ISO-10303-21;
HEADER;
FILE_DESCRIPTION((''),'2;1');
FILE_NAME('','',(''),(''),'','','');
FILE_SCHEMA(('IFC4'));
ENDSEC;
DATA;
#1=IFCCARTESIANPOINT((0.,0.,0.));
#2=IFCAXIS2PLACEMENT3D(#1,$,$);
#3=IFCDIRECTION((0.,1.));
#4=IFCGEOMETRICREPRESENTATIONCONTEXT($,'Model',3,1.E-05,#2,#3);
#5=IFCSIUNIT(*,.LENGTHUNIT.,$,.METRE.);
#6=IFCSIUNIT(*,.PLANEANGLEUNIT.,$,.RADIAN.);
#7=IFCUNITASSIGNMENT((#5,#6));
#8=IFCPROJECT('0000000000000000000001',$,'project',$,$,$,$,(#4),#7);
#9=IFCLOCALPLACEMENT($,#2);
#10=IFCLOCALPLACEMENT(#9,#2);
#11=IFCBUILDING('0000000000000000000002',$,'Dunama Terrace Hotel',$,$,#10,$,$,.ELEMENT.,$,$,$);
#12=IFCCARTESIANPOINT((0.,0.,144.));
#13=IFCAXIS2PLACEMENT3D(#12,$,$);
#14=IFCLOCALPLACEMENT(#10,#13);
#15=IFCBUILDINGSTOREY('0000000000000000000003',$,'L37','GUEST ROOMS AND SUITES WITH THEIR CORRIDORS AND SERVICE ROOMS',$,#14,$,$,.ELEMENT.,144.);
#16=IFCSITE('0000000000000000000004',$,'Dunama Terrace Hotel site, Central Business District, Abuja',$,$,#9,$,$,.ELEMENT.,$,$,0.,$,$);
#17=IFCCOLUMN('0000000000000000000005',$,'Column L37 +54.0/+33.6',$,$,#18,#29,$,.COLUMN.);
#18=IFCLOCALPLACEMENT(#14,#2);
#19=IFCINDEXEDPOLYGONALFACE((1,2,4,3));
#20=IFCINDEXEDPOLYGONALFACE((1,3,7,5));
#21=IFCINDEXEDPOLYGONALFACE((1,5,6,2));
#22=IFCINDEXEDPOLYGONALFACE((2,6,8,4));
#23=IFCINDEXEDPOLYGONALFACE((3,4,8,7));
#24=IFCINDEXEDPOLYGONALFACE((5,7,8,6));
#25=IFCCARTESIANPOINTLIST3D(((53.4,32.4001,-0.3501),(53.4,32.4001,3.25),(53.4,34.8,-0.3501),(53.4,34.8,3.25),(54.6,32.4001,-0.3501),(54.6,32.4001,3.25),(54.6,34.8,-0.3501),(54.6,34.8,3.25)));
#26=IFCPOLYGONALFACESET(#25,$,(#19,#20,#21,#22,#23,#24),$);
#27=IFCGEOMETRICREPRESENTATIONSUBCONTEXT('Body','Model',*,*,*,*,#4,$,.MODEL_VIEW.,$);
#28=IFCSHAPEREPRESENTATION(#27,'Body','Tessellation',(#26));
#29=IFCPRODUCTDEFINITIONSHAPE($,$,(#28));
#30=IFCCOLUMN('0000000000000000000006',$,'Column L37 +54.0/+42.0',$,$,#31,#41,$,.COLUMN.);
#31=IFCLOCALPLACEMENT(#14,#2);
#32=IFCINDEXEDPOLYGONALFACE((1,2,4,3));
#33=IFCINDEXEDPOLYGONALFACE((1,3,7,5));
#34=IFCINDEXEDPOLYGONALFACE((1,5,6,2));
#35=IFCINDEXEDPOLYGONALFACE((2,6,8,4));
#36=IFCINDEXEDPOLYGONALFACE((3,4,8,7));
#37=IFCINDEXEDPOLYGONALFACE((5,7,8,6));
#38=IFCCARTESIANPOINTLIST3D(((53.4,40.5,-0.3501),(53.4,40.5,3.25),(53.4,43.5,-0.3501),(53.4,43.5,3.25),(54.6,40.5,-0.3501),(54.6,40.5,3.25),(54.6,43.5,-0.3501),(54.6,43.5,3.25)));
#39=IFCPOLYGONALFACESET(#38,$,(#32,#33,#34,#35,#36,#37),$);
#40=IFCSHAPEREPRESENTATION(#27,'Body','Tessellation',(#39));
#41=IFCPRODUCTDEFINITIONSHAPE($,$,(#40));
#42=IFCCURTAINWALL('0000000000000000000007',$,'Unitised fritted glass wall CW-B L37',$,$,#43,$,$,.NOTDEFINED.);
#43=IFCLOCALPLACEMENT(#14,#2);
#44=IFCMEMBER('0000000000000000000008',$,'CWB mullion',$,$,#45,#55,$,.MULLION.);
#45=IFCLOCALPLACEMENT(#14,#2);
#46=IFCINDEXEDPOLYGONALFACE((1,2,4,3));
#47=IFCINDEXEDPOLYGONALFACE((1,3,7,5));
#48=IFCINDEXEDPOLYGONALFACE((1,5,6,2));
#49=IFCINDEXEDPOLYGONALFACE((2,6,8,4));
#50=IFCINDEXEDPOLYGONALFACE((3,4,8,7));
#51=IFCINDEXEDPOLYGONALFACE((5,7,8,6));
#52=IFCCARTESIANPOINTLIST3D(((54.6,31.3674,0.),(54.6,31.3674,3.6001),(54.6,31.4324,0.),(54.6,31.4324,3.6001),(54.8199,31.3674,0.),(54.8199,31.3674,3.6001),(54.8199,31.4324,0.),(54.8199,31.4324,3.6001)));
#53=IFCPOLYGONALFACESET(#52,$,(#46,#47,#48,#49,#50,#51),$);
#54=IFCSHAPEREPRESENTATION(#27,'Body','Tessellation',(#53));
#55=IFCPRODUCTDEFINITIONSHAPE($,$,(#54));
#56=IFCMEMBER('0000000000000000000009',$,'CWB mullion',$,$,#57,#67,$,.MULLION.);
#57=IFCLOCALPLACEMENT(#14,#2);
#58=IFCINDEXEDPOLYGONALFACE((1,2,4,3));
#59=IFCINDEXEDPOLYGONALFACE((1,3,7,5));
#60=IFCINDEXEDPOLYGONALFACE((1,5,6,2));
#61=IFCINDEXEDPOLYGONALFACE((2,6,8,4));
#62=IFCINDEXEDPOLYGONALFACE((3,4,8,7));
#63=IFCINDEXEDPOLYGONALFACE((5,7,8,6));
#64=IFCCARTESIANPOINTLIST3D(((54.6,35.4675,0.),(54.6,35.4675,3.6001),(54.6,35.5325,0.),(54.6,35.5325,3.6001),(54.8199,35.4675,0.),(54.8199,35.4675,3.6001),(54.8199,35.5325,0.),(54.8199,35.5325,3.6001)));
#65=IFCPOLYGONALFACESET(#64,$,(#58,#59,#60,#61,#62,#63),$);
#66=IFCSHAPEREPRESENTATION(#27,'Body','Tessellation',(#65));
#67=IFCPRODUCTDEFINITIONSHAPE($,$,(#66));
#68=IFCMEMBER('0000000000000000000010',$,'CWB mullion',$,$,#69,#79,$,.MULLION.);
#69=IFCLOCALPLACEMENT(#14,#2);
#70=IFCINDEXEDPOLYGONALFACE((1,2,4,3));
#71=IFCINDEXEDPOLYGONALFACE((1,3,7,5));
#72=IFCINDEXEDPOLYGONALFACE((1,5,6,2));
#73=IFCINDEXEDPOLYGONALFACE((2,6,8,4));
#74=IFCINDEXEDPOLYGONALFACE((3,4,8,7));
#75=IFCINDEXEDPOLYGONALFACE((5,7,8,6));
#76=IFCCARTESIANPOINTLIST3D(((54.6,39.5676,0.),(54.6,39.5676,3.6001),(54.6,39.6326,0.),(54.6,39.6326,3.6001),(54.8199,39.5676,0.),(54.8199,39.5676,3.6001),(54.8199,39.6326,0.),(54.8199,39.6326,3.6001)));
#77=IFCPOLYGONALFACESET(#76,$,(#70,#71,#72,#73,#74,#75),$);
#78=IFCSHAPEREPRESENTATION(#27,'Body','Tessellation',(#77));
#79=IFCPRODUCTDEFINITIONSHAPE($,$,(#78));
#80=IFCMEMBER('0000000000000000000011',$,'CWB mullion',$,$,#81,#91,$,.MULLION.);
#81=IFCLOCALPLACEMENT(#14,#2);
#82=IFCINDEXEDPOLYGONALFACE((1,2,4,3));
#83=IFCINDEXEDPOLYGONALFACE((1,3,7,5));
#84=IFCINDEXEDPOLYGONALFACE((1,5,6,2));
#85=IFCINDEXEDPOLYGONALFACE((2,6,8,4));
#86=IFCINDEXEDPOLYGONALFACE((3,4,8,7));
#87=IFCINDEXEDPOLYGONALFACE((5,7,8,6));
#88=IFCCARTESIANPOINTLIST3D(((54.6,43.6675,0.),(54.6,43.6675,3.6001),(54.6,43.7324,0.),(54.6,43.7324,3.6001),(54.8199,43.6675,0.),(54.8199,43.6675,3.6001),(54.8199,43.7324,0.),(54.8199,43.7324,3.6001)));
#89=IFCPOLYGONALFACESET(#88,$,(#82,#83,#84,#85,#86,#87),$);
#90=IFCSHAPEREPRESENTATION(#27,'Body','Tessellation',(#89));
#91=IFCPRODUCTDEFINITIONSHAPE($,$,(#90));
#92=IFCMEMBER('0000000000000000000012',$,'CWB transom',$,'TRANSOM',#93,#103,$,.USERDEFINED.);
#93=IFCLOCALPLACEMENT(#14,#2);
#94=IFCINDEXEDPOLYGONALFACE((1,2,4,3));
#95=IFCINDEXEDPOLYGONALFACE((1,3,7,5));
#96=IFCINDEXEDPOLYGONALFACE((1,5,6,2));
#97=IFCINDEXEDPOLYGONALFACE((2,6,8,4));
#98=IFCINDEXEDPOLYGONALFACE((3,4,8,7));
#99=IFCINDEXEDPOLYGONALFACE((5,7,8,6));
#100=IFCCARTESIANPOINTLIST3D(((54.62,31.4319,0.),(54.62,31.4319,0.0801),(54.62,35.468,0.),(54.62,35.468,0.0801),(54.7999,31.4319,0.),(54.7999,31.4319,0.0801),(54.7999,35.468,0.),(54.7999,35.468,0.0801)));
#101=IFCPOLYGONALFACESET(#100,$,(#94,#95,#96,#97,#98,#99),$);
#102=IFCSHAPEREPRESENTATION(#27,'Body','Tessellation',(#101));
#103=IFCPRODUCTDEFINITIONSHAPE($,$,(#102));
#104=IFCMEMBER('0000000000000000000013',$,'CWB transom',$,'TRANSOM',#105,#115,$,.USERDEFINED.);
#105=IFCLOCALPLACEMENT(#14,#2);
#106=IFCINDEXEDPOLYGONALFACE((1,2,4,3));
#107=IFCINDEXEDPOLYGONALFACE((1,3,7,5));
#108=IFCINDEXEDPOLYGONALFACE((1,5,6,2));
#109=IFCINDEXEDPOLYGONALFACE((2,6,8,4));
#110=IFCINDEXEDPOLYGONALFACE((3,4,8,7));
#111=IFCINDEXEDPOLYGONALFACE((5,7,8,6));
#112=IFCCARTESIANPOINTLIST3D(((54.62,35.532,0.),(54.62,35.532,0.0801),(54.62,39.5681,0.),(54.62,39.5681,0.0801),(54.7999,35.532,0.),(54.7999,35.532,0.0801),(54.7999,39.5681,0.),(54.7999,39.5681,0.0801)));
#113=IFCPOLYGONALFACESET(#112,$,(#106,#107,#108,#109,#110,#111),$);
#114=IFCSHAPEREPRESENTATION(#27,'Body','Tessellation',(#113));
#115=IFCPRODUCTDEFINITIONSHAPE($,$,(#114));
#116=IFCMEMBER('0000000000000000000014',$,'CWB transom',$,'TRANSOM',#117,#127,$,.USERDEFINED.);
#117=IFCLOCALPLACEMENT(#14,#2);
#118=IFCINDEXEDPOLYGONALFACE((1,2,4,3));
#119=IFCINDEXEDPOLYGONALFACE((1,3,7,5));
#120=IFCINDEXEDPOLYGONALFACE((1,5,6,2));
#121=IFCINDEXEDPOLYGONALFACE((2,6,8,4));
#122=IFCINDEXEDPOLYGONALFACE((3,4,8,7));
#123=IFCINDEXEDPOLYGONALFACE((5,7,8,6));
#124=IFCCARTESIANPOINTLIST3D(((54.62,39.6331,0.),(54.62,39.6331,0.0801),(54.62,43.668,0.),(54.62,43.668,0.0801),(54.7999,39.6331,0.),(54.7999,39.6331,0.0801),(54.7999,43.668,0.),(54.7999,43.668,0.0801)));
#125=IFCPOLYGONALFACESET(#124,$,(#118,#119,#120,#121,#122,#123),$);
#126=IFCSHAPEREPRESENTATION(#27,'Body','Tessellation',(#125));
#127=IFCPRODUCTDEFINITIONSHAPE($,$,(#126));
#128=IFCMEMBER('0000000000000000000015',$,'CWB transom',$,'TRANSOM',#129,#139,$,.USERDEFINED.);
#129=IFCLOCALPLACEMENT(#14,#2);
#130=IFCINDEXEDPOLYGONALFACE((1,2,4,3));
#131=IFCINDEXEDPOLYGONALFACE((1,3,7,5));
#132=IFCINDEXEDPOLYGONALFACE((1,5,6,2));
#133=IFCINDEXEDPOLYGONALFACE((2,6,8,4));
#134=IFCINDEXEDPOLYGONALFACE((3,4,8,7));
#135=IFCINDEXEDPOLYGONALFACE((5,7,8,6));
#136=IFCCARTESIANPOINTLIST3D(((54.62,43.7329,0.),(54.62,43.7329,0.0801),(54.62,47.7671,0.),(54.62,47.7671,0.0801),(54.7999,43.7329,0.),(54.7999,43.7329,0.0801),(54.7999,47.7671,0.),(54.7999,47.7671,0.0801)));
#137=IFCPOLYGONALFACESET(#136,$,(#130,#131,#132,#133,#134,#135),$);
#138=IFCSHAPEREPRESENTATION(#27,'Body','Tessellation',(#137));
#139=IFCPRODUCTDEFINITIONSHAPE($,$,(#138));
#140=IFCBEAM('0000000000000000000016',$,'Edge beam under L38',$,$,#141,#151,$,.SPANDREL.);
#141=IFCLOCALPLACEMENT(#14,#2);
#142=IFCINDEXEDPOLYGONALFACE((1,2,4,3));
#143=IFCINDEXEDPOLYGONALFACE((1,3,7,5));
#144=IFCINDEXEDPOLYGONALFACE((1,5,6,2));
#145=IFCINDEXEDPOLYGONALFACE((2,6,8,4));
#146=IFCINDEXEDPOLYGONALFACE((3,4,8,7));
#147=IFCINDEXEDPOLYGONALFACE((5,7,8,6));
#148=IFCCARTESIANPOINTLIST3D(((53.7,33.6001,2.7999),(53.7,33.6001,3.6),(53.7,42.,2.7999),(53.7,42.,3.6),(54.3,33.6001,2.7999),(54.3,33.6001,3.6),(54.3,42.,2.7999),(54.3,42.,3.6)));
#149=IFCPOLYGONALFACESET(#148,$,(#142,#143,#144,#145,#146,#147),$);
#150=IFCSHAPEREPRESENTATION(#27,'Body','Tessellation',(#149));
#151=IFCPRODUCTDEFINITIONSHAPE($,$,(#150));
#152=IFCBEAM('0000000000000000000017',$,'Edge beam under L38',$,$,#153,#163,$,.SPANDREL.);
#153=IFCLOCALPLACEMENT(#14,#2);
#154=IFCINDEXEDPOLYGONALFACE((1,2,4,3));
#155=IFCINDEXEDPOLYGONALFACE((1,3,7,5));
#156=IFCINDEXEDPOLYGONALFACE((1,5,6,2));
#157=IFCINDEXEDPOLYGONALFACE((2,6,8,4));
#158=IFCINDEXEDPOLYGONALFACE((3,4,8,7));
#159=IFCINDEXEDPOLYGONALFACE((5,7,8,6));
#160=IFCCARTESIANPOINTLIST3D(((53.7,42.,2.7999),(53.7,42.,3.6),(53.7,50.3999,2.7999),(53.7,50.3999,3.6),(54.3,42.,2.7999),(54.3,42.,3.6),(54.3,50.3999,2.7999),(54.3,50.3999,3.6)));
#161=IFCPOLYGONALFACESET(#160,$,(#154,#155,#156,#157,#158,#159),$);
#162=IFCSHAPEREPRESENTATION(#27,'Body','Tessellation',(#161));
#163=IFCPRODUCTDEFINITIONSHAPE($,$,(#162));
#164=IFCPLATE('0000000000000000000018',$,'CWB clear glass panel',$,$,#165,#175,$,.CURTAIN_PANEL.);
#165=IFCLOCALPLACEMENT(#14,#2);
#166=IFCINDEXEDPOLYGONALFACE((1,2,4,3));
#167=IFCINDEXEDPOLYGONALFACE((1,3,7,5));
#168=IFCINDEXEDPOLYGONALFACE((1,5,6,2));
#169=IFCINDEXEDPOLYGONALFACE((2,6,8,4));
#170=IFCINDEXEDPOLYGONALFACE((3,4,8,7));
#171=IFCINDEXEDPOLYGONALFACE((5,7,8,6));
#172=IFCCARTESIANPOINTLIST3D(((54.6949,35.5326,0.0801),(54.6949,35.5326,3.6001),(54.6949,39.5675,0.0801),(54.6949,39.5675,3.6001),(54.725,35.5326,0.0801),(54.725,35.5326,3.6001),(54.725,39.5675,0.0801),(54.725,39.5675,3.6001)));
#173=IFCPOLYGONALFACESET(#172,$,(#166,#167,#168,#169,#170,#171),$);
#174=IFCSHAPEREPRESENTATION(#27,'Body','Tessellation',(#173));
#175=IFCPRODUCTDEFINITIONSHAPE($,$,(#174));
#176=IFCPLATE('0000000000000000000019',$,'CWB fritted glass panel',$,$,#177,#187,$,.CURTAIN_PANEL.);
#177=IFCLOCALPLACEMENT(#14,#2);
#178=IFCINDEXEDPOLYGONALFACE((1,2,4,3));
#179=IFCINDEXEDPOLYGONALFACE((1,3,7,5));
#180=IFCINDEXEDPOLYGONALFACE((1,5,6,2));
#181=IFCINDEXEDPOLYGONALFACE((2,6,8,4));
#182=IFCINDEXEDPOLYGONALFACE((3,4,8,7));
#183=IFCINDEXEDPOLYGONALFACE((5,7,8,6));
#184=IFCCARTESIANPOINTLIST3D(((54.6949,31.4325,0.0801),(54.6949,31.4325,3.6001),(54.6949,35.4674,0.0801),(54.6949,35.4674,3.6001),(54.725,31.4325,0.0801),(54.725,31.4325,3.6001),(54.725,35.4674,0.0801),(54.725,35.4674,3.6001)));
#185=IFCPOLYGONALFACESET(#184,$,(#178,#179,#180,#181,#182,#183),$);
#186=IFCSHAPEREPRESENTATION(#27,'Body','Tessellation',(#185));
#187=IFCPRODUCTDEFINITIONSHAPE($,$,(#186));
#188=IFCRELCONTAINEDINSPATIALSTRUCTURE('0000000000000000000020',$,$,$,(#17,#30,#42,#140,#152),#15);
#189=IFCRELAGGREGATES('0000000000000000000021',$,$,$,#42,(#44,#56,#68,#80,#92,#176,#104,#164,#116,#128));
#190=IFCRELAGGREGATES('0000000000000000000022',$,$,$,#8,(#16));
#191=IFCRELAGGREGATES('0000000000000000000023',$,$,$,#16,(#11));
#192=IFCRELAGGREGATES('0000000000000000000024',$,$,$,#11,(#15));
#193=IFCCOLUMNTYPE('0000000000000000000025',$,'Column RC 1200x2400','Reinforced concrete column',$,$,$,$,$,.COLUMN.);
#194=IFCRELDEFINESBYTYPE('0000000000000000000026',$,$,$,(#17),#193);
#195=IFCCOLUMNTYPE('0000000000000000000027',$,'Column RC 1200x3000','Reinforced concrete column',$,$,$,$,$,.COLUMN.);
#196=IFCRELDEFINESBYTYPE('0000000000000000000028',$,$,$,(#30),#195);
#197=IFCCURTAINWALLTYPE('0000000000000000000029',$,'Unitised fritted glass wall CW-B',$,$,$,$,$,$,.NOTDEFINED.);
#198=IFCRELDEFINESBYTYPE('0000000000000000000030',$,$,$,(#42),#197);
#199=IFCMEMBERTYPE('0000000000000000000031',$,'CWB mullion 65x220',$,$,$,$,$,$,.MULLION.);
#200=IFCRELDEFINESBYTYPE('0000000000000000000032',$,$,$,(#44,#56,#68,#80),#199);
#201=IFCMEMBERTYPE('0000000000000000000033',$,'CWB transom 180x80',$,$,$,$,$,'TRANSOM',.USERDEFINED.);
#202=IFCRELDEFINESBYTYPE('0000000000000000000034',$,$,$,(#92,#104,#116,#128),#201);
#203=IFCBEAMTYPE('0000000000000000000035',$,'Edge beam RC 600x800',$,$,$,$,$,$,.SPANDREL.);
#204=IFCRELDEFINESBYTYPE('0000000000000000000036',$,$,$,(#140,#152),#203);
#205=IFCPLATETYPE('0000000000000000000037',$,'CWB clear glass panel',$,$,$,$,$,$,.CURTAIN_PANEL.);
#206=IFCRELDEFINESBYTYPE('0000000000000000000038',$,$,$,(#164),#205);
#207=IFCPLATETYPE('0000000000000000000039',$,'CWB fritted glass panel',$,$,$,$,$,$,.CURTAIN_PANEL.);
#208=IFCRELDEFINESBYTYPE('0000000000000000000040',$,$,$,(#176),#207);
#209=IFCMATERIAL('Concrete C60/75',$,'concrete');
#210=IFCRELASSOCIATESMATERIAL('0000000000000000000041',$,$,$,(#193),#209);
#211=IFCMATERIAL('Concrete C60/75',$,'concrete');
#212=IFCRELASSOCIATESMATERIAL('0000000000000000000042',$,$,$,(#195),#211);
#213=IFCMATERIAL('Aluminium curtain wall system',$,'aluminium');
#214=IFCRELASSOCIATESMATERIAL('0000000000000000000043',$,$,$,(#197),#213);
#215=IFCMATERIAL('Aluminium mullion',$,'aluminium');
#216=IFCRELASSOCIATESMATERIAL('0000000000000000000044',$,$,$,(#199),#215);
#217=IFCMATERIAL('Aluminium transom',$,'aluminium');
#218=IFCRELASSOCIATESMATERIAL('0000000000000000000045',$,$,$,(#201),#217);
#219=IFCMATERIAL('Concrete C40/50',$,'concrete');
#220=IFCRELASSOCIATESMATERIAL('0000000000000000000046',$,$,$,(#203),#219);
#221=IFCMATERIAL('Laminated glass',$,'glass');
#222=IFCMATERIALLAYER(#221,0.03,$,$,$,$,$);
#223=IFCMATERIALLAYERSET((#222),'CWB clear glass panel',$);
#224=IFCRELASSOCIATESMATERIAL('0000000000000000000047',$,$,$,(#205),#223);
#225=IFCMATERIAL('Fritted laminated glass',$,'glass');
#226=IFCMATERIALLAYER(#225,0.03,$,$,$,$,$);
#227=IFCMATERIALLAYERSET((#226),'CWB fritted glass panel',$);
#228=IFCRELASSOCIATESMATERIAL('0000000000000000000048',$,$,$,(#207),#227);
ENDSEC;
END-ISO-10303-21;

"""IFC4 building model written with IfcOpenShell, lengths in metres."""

from ifc_helpers import new_model, si_unit, direction, frame, origin, origin_2d, place, context, subcontext, project, spatial, rectangle, extrude, material, layer, layer_set, material_profile, profile_set, type_object, element, aggregate, save


model = new_model("IFC4")

# Units and contexts
model_context = context("Model", 3, precision=1e-05, world=origin(), true_north=direction((0.0, 1.0)))
body_context = subcontext(model_context, "Body", "Model", "MODEL_VIEW")
ifc_project = project(units=[si_unit("LENGTHUNIT", "METRE"), si_unit("PLANEANGLEUNIT", "RADIAN")], contexts=[model_context])

# Site, building, storey
site_placement = place(None, origin())
site = spatial("IfcSite", under=ifc_project, at=site_placement, Name="Dunama Terrace Hotel site, Central Business District, Abuja", CompositionType="ELEMENT", RefElevation=0.0)
building_placement = place(site_placement, origin())
building = spatial("IfcBuilding", under=site, at=building_placement, Name="Dunama Terrace Hotel", CompositionType="ELEMENT")
storey_placement = place(building_placement, frame((0.0, 0.0, 144.0)))
storey = spatial("IfcBuildingStorey", under=building, at=storey_placement, Name="L37", Description="GUEST ROOMS AND SUITES WITH THEIR CORRIDORS AND SERVICE ROOMS", CompositionType="ELEMENT", Elevation=144.0)

# Columns
ifc_material_1 = material(Name="Concrete C60/75", Category="concrete")
ifc_material_profile_1 = material_profile(ifc_material_1, rectangle(XDim=1.2, YDim=2.3999, at=origin_2d()), Name="RC 1200x2400")
ifc_profile_set_1 = profile_set([ifc_material_profile_1], Name="Concrete C60/75")
column_type_1 = type_object("IfcColumnType", Name="Column RC 1200x2400", Description="Reinforced concrete column", PredefinedType="COLUMN", material=ifc_profile_set_1)
column_1_placement = place(storey_placement, frame((54.0, 33.6001, -0.3501), z_axis=(0.0, 0.0, 1.0), x_axis=(1.0, 0.0, 0.0)))
element("IfcColumn", 1, at=column_1_placement, inside=storey, type_object=column_type_1, Name="Column L37 +54.0/+33.6", PredefinedType="COLUMN", context=body_context, shape_type="SweptSolid", body=[
    extrude(rectangle(XDim=1.2, YDim=2.3999, at=origin_2d()), origin(), (0.0, 0.0, 1.0), 3.6001),
])
ifc_material_2 = material(Name="Concrete C60/75", Category="concrete")
ifc_material_profile_2 = material_profile(ifc_material_2, rectangle(XDim=1.2, YDim=3.0, at=origin_2d()), Name="RC 1200x3000")
ifc_profile_set_2 = profile_set([ifc_material_profile_2], Name="Concrete C60/75")
column_type_2 = type_object("IfcColumnType", Name="Column RC 1200x3000", Description="Reinforced concrete column", PredefinedType="COLUMN", material=ifc_profile_set_2)
column_2_placement = place(storey_placement, frame((54.0, 42.0, -0.3501), z_axis=(0.0, 0.0, 1.0), x_axis=(1.0, 0.0, 0.0)))
element("IfcColumn", 2, at=column_2_placement, inside=storey, type_object=column_type_2, Name="Column L37 +54.0/+42.0", PredefinedType="COLUMN", context=body_context, shape_type="SweptSolid", body=[
    extrude(rectangle(XDim=1.2, YDim=3.0, at=origin_2d()), origin(), (0.0, 0.0, 1.0), 3.6001),
])

# Curtain wall, members
ifc_material_3 = material(Name="Aluminium curtain wall system", Category="aluminium")
curtain_wall_type = type_object("IfcCurtainWallType", Name="Unitised fritted glass wall CW-B", PredefinedType="NOTDEFINED", material=ifc_material_3)
curtain_wall_placement = place(storey_placement, origin())
curtain_wall = element("IfcCurtainWall", 3, at=curtain_wall_placement, inside=storey, type_object=curtain_wall_type, Name="Unitised fritted glass wall CW-B L37", PredefinedType="NOTDEFINED")
ifc_material_4 = material(Name="Aluminium mullion", Category="aluminium")
ifc_material_profile_3 = material_profile(ifc_material_4, rectangle(XDim=0.0649, YDim=0.22, at=origin_2d()), Name="CWB MULLION 65X220")
ifc_profile_set_3 = profile_set([ifc_material_profile_3], Name="Aluminium mullion")
member_type_1 = type_object("IfcMemberType", Name="CWB mullion 65x220", PredefinedType="MULLION", material=ifc_profile_set_3)
member_1_placement = place(storey_placement, frame((54.71, 31.3999, 0.0), z_axis=(0.0, 0.0, 1.0), x_axis=(0.0, 1.0, 0.0)))
member_1 = element("IfcMember", 4, at=member_1_placement, type_object=member_type_1, Name="CWB mullion", PredefinedType="MULLION", context=body_context, shape_type="SweptSolid", body=[
    extrude(rectangle(XDim=0.0649, YDim=0.22, at=origin_2d()), origin(), (0.0, 0.0, 1.0), 3.6001),
])
member_2_placement = place(storey_placement, frame((54.71, 35.5, 0.0), z_axis=(0.0, 0.0, 1.0), x_axis=(0.0, 1.0, 0.0)))
member_2 = element("IfcMember", 5, at=member_2_placement, type_object=member_type_1, Name="CWB mullion", PredefinedType="MULLION", context=body_context, shape_type="SweptSolid", body=[
    extrude(rectangle(XDim=0.0649, YDim=0.22, at=origin_2d()), origin(), (0.0, 0.0, 1.0), 3.6001),
])
member_3_placement = place(storey_placement, frame((54.71, 39.6001, 0.0), z_axis=(0.0, 0.0, 1.0), x_axis=(0.0, 1.0, 0.0)))
member_3 = element("IfcMember", 6, at=member_3_placement, type_object=member_type_1, Name="CWB mullion", PredefinedType="MULLION", context=body_context, shape_type="SweptSolid", body=[
    extrude(rectangle(XDim=0.0649, YDim=0.22, at=origin_2d()), origin(), (0.0, 0.0, 1.0), 3.6001),
])
member_4_placement = place(storey_placement, frame((54.71, 43.7, 0.0), z_axis=(0.0, 0.0, 1.0), x_axis=(0.0, 1.0, 0.0)))
member_4 = element("IfcMember", 7, at=member_4_placement, type_object=member_type_1, Name="CWB mullion", PredefinedType="MULLION", context=body_context, shape_type="SweptSolid", body=[
    extrude(rectangle(XDim=0.0649, YDim=0.22, at=origin_2d()), origin(), (0.0, 0.0, 1.0), 3.6001),
])
ifc_material_5 = material(Name="Aluminium transom", Category="aluminium")
ifc_material_profile_4 = material_profile(ifc_material_5, rectangle(XDim=0.1799, YDim=0.0801, at=origin_2d()), Name="CWB TRANSOM 180X80")
ifc_profile_set_4 = profile_set([ifc_material_profile_4], Name="Aluminium transom")
member_type_2 = type_object("IfcMemberType", Name="CWB transom 180x80", ElementType="TRANSOM", PredefinedType="USERDEFINED", material=ifc_profile_set_4)
member_5_placement = place(storey_placement, frame((54.71, 31.4319, 0.04), z_axis=(0.0, 1.0, 0.0), x_axis=(-1.0, 0.0, 0.0)))
member_5 = element("IfcMember", 8, at=member_5_placement, type_object=member_type_2, Name="CWB transom", ObjectType="TRANSOM", PredefinedType="USERDEFINED", context=body_context, shape_type="SweptSolid", body=[
    extrude(rectangle(XDim=0.1799, YDim=0.0801, at=origin_2d()), origin(), (0.0, 0.0, 1.0), 4.0361),
])
member_6_placement = place(storey_placement, frame((54.71, 35.532, 0.04), z_axis=(0.0, 1.0, 0.0), x_axis=(-1.0, 0.0, 0.0)))
member_6 = element("IfcMember", 9, at=member_6_placement, type_object=member_type_2, Name="CWB transom", ObjectType="TRANSOM", PredefinedType="USERDEFINED", context=body_context, shape_type="SweptSolid", body=[
    extrude(rectangle(XDim=0.1799, YDim=0.0801, at=origin_2d()), origin(), (0.0, 0.0, 1.0), 4.0361),
])
member_7_placement = place(storey_placement, frame((54.71, 39.6331, 0.04), z_axis=(0.0, 1.0, 0.0), x_axis=(-1.0, 0.0, 0.0)))
member_7 = element("IfcMember", 10, at=member_7_placement, type_object=member_type_2, Name="CWB transom", ObjectType="TRANSOM", PredefinedType="USERDEFINED", context=body_context, shape_type="SweptSolid", body=[
    extrude(rectangle(XDim=0.1799, YDim=0.0801, at=origin_2d()), origin(), (0.0, 0.0, 1.0), 4.0349),
])
member_8_placement = place(storey_placement, frame((54.71, 43.7329, 0.04), z_axis=(0.0, 1.0, 0.0), x_axis=(-1.0, 0.0, 0.0)))
member_8 = element("IfcMember", 11, at=member_8_placement, type_object=member_type_2, Name="CWB transom", ObjectType="TRANSOM", PredefinedType="USERDEFINED", context=body_context, shape_type="SweptSolid", body=[
    extrude(rectangle(XDim=0.1799, YDim=0.0801, at=origin_2d()), origin(), (0.0, 0.0, 1.0), 4.0342),
])

# Beams
ifc_material_6 = material(Name="Concrete C40/50", Category="concrete")
ifc_material_profile_5 = material_profile(ifc_material_6, rectangle(XDim=0.6001, YDim=0.8, at=origin_2d()), Name="RC 600x800")
ifc_profile_set_5 = profile_set([ifc_material_profile_5], Name="Concrete C40/50")
beam_type = type_object("IfcBeamType", Name="Edge beam RC 600x800", PredefinedType="SPANDREL", material=ifc_profile_set_5)
for number, where, z_axis, x_axis, name in (
    (12, (54.0, 33.6001, 3.2), (0.0, 1.0, 0.0), (-1.0, 0.0, 0.0), "Edge beam under L38"),
    (13, (54.0, 42.0, 3.2), (0.0, 1.0, 0.0), (-1.0, 0.0, 0.0), "Edge beam under L38"),
):
    element("IfcBeam", number, at=place(storey_placement, frame(where, z_axis=z_axis, x_axis=x_axis)), inside=storey, type_object=beam_type, Name=name, PredefinedType="SPANDREL", context=body_context, shape_type="SweptSolid", body=[
        extrude(rectangle(XDim=0.6001, YDim=0.8, at=origin_2d()), origin(), (0.0, 0.0, 1.0), 8.3999),
    ])

# Plates
ifc_material_7 = material(Name="Laminated glass", Category="glass")
ifc_layer_1 = layer(ifc_material_7, 0.03)
ifc_layer_set_1 = layer_set([ifc_layer_1], Name="CWB clear glass panel")
plate_type_1 = type_object("IfcPlateType", Name="CWB clear glass panel", PredefinedType="CURTAIN_PANEL", material=ifc_layer_set_1)
plate_1_placement = place(storey_placement, frame((54.71, 37.55, 0.0801), z_axis=(0.0, 0.0, 1.0), x_axis=(0.0, 1.0, 0.0)))
plate_1 = element("IfcPlate", 14, at=plate_1_placement, type_object=plate_type_1, Name="CWB clear glass panel", PredefinedType="CURTAIN_PANEL", context=body_context, shape_type="SweptSolid", body=[
    extrude(rectangle(XDim=4.0349, YDim=0.03, at=origin_2d()), origin(), (0.0, 0.0, 1.0), 3.52),
])
ifc_material_8 = material(Name="Fritted laminated glass", Category="glass")
ifc_layer_2 = layer(ifc_material_8, 0.03)
ifc_layer_set_2 = layer_set([ifc_layer_2], Name="CWB fritted glass panel")
plate_type_2 = type_object("IfcPlateType", Name="CWB fritted glass panel", PredefinedType="CURTAIN_PANEL", material=ifc_layer_set_2)
plate_2_placement = place(storey_placement, frame((54.71, 33.45, 0.0801), z_axis=(0.0, 0.0, 1.0), x_axis=(0.0, 1.0, 0.0)))
plate_2 = element("IfcPlate", 15, at=plate_2_placement, type_object=plate_type_2, Name="CWB fritted glass panel", PredefinedType="CURTAIN_PANEL", context=body_context, shape_type="SweptSolid", body=[
    extrude(rectangle(XDim=4.0349, YDim=0.03, at=origin_2d()), origin(), (0.0, 0.0, 1.0), 3.52),
])
aggregate(curtain_wall, [member_1, member_2, member_3, member_4, member_5, plate_2, member_6, plate_1, member_7, member_8])

save(model, "model.ifc")
